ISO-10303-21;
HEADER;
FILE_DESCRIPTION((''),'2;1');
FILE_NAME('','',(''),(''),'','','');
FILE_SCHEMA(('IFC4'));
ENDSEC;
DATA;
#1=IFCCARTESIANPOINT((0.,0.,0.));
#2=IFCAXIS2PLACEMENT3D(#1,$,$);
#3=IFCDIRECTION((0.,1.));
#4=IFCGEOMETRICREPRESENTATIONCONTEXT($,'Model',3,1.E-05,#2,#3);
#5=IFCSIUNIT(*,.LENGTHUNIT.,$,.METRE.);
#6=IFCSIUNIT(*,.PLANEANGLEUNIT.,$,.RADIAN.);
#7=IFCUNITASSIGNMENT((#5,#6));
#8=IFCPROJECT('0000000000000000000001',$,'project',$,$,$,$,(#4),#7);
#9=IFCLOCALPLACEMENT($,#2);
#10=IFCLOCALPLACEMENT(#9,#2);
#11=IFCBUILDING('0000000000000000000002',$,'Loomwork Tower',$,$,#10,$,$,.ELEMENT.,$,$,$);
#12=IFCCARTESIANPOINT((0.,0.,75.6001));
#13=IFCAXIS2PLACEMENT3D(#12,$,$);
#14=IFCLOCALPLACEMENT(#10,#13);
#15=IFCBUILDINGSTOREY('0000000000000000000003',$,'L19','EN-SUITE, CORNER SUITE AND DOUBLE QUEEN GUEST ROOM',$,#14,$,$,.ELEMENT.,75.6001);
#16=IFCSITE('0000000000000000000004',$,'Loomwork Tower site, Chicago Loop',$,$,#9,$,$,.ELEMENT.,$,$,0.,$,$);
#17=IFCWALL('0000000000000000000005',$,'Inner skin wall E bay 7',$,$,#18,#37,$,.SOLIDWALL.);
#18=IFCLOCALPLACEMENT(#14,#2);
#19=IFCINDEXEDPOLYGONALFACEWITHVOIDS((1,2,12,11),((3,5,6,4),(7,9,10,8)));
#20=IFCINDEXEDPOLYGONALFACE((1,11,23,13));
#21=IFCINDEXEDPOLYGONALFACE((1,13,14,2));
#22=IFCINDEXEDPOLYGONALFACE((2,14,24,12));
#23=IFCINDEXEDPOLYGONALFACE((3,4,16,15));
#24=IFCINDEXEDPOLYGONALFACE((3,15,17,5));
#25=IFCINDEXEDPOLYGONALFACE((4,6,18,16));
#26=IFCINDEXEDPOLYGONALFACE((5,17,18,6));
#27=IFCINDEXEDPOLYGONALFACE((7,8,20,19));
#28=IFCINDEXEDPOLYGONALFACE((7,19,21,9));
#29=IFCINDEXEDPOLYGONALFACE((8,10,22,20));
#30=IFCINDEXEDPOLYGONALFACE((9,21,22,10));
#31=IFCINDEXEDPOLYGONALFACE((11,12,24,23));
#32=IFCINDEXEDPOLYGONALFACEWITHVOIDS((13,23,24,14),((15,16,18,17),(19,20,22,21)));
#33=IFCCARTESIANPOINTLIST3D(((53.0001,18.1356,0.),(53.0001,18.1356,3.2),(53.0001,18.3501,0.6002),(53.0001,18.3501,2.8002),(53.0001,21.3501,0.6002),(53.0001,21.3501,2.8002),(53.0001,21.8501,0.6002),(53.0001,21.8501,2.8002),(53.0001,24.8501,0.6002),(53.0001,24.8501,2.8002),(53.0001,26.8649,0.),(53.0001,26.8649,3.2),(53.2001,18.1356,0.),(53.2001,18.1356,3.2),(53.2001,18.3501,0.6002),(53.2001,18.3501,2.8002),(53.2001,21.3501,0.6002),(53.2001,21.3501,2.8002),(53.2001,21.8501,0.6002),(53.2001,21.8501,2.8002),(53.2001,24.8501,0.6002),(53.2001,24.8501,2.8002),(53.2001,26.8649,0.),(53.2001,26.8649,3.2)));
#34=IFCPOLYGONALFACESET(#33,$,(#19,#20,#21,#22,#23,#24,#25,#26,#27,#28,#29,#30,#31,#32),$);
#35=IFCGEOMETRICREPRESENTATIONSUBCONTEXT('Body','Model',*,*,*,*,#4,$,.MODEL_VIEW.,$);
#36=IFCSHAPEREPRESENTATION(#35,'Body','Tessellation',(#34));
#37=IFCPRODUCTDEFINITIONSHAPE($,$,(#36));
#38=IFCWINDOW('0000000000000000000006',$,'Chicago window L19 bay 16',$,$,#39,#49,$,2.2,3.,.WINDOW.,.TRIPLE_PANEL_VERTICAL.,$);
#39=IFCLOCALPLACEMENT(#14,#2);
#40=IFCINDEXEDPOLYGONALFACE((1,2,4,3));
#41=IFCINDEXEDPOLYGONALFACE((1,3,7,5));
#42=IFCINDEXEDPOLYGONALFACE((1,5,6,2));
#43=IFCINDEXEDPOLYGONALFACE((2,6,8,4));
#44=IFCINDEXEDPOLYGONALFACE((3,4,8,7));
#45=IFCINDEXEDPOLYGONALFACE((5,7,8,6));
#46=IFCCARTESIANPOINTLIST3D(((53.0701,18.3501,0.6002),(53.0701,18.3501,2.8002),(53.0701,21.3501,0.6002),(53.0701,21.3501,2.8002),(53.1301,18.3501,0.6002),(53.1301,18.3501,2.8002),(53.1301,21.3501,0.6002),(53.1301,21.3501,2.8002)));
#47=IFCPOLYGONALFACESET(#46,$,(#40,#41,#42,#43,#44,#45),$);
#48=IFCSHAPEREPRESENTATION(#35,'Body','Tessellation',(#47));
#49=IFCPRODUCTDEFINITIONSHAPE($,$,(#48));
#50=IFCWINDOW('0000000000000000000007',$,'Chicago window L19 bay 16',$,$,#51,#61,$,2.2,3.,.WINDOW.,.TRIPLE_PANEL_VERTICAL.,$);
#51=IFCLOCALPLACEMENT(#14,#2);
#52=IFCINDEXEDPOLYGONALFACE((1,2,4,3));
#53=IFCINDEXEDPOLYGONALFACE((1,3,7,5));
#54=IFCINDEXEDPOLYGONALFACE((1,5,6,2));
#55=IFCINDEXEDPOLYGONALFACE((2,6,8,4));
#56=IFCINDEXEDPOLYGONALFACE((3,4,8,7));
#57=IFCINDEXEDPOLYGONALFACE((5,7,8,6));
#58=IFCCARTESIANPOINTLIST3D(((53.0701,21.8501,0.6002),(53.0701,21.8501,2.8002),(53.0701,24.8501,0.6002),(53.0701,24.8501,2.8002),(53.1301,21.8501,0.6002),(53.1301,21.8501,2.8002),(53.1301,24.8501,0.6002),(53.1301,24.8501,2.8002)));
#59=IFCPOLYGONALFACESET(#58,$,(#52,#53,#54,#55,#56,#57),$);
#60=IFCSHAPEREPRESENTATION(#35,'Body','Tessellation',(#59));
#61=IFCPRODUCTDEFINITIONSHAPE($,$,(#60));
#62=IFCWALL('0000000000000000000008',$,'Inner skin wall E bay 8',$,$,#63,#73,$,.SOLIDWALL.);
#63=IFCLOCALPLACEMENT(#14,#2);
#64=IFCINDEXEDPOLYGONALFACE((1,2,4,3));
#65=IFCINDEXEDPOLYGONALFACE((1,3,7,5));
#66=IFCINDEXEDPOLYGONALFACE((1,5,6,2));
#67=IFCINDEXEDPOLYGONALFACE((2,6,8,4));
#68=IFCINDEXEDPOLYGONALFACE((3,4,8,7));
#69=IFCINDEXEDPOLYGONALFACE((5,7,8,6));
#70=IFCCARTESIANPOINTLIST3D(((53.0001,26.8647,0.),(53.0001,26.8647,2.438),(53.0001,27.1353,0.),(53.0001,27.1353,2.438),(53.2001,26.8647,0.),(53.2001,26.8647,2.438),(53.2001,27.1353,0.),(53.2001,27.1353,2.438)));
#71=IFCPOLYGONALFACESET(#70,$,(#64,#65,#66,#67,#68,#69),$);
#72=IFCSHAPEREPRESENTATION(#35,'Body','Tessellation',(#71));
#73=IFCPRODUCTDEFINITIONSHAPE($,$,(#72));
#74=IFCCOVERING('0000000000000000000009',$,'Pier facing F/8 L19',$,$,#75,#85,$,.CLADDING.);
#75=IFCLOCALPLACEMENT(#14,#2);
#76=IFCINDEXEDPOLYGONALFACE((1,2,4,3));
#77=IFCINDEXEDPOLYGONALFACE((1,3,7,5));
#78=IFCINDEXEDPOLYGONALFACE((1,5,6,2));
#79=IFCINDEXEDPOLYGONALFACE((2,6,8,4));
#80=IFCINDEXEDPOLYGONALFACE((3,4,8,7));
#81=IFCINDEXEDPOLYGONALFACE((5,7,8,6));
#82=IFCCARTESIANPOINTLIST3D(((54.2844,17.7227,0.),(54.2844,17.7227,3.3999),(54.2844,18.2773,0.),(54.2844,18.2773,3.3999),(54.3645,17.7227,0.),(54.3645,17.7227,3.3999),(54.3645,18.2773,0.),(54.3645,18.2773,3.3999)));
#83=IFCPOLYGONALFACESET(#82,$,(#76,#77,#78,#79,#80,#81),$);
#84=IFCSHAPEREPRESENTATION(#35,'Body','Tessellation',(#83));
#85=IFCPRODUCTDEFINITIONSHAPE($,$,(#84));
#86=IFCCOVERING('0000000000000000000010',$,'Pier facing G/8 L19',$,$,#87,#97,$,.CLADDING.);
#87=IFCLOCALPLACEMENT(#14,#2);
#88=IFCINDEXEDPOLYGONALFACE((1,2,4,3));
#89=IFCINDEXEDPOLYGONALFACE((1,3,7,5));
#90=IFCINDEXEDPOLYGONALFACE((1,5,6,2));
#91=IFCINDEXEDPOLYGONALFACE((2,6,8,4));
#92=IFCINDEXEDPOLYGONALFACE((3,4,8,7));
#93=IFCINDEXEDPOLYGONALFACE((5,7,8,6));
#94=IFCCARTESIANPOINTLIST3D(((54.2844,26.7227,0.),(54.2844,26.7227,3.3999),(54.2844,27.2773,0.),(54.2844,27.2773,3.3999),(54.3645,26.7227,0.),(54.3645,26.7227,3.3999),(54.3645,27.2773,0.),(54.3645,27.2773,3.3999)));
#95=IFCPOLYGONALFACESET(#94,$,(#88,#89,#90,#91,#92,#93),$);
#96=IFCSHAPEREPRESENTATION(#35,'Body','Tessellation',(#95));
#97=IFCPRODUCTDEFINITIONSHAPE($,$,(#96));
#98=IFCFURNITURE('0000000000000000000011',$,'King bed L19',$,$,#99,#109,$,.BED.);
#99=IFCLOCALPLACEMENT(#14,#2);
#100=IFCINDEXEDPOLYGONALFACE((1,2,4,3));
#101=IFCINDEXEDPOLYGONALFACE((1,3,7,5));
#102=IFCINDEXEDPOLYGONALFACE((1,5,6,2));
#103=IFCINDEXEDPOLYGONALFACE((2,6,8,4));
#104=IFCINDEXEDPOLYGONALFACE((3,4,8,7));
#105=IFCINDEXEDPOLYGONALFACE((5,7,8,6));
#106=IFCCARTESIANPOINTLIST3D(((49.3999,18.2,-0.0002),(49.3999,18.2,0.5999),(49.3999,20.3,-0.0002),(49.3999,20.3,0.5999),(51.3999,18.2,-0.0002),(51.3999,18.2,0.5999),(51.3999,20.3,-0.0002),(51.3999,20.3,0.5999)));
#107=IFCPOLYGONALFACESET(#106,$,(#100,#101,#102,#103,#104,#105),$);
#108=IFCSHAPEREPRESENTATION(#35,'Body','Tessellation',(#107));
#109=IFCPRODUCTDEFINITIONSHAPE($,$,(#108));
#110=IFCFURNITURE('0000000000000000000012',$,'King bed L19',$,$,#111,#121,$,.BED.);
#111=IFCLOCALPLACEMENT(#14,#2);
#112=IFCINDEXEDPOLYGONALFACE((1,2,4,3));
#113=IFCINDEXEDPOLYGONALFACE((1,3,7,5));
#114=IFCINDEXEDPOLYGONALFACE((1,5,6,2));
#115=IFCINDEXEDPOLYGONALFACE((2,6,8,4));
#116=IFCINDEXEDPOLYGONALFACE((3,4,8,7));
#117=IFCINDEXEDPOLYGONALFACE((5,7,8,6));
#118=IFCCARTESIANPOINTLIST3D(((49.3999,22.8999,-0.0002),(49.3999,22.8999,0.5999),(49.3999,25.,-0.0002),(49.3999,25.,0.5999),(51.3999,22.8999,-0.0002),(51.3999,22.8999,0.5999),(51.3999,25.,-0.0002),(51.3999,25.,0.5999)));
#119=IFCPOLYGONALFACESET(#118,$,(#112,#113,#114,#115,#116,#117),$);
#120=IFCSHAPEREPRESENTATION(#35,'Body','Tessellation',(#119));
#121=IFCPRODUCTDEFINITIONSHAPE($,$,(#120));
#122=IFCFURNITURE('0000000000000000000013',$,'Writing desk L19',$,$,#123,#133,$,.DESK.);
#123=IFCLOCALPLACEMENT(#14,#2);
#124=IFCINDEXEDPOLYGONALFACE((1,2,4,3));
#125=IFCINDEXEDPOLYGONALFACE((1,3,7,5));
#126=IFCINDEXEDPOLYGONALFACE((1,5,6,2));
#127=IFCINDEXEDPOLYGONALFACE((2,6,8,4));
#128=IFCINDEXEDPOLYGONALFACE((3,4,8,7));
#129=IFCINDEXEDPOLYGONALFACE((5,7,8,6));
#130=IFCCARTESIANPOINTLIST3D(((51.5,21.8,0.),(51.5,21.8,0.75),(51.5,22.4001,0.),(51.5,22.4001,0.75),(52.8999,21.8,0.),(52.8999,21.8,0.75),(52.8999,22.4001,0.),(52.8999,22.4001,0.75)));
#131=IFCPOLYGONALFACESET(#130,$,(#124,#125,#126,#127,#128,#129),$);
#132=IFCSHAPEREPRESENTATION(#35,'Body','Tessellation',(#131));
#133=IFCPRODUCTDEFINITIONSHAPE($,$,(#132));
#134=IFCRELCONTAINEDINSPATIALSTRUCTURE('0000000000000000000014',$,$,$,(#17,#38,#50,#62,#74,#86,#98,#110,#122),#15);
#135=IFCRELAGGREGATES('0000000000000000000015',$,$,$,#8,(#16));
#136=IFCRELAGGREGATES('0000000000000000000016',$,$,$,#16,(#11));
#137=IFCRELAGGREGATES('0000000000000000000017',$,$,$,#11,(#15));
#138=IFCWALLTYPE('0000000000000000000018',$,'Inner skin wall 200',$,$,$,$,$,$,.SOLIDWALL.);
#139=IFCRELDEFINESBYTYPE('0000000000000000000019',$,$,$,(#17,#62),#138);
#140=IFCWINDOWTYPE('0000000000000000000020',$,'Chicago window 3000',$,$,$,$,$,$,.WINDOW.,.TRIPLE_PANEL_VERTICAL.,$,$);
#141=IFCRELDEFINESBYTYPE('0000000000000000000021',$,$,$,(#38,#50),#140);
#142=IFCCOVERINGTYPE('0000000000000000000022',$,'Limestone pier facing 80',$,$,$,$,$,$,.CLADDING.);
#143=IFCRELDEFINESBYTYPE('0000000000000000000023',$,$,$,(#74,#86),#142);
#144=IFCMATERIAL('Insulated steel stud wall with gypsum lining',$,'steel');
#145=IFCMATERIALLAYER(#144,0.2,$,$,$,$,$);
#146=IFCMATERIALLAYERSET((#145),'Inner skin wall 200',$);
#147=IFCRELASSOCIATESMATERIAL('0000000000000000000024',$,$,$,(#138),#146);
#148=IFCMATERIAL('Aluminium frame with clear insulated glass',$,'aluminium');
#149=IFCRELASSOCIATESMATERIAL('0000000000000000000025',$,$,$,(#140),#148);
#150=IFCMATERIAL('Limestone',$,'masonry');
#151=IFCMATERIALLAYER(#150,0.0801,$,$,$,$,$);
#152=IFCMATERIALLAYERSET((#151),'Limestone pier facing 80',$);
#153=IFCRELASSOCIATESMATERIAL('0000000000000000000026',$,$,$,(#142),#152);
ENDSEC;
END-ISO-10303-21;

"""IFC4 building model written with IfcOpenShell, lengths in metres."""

from ifc_helpers import new_model, si_unit, direction, frame, frame_2d, origin, origin_2d, place, context, subcontext, project, spatial, rectangle, extrude, material, layer, layer_set, type_object, element, fill, save


model = new_model("IFC4")

# Units and contexts
model_context = context("Model", 3, precision=1e-05, world=origin(), true_north=direction((0.0, 1.0)))
body_context = subcontext(model_context, "Body", "Model", "MODEL_VIEW")
ifc_project = project(units=[si_unit("LENGTHUNIT", "METRE"), si_unit("PLANEANGLEUNIT", "RADIAN")], contexts=[model_context])

# Site, building, storey
site_placement = place(None, origin())
site = spatial("IfcSite", under=ifc_project, at=site_placement, Name="Loomwork Tower site, Chicago Loop", CompositionType="ELEMENT", RefElevation=0.0)
building_placement = place(site_placement, origin())
building = spatial("IfcBuilding", under=site, at=building_placement, Name="Loomwork Tower", CompositionType="ELEMENT")
storey_placement = place(building_placement, frame((0.0, 0.0, 75.6001)))
storey = spatial("IfcBuildingStorey", under=building, at=storey_placement, Name="L19", Description="EN-SUITE, CORNER SUITE AND DOUBLE QUEEN GUEST ROOM", CompositionType="ELEMENT", Elevation=75.6001)

# Wall, openings, windows
ifc_material_1 = material(Name="Insulated steel stud wall with gypsum lining", Category="steel")
ifc_layer_1 = layer(ifc_material_1, 0.2)
ifc_layer_set_1 = layer_set([ifc_layer_1], Name="Inner skin wall 200")
wall_type = type_object("IfcWallType", Name="Inner skin wall 200", PredefinedType="SOLIDWALL", material=ifc_layer_set_1)
wall_1_placement = place(storey_placement, frame((53.1001, 18.1355, 0.0), z_axis=(0.0, 0.0, 1.0), x_axis=(0.0, 1.0, 0.0)))
wall_1 = element("IfcWall", 1, at=wall_1_placement, inside=storey, type_object=wall_type, Name="Inner skin wall E bay 7", PredefinedType="SOLIDWALL", context=body_context, shape_type="SweptSolid", body=[
    extrude(rectangle(XDim=8.7292, YDim=0.2, at=frame_2d((4.3647, 0.0))), origin(), (0.0, 0.0, 1.0), 3.2),
])
opening_1_placement = place(wall_1_placement, frame((0.2146, 0.0, 0.6001)))
opening_1 = element("IfcOpeningElement", 2, at=opening_1_placement, cuts=wall_1, PredefinedType="OPENING", context=body_context, shape_type="SweptSolid", body=[
    extrude(rectangle(XDim=3.0, YDim=2.2, at=frame_2d((1.5, 1.1001))), frame((0.0, 0.1099, 0.0), z_axis=(0.0, -1.0, 0.0), x_axis=(1.0, 0.0, 0.0)), (0.0, 0.0, 1.0), 0.22),
])
opening_2_placement = place(wall_1_placement, frame((3.7146, 0.0, 0.6001)))
opening_2 = element("IfcOpeningElement", 3, at=opening_2_placement, cuts=wall_1, PredefinedType="OPENING", context=body_context, shape_type="SweptSolid", body=[
    extrude(rectangle(XDim=3.0, YDim=2.2, at=frame_2d((1.5, 1.1001))), frame((0.0, 0.1099, 0.0), z_axis=(0.0, -1.0, 0.0), x_axis=(1.0, 0.0, 0.0)), (0.0, 0.0, 1.0), 0.22),
])
ifc_material_2 = material(Name="Aluminium frame with clear insulated glass", Category="aluminium")
window_type = type_object("IfcWindowType", Name="Chicago window 3000", PartitioningType="TRIPLE_PANEL_VERTICAL", PredefinedType="WINDOW", material=ifc_material_2)
window_1_placement = place(opening_1_placement, origin())
window_1 = element("IfcWindow", 4, at=window_1_placement, inside=storey, type_object=window_type, Name="Chicago window L19 bay 16", OverallHeight=2.2, OverallWidth=3.0, PartitioningType="TRIPLE_PANEL_VERTICAL", PredefinedType="WINDOW", context=body_context, shape_type="SweptSolid", body=[
    extrude(rectangle(XDim=3.0, YDim=2.2, at=frame_2d((1.5, 1.1001))), frame((0.0, 0.03, 0.0), z_axis=(0.0, -1.0, 0.0), x_axis=(1.0, 0.0, 0.0)), (0.0, 0.0, 1.0), 0.0601),
])
fill(opening_1, window_1)
window_2_placement = place(opening_2_placement, origin())
window_2 = element("IfcWindow", 5, at=window_2_placement, inside=storey, type_object=window_type, Name="Chicago window L19 bay 16", OverallHeight=2.2, OverallWidth=3.0, PartitioningType="TRIPLE_PANEL_VERTICAL", PredefinedType="WINDOW", context=body_context, shape_type="SweptSolid", body=[
    extrude(rectangle(XDim=3.0, YDim=2.2, at=frame_2d((1.5, 1.1001))), frame((0.0, 0.03, 0.0), z_axis=(0.0, -1.0, 0.0), x_axis=(1.0, 0.0, 0.0)), (0.0, 0.0, 1.0), 0.0601),
])
fill(opening_2, window_2)

# Wall
wall_2_placement = place(storey_placement, frame((53.1001, 26.8647, 0.0), z_axis=(0.0, 0.0, 1.0), x_axis=(0.0, 1.0, 0.0)))
element("IfcWall", 6, at=wall_2_placement, inside=storey, type_object=wall_type, Name="Inner skin wall E bay 8", PredefinedType="SOLIDWALL", context=body_context, shape_type="SweptSolid", body=[
    extrude(rectangle(XDim=0.2705, YDim=0.2, at=frame_2d((0.1353, 0.0))), origin(), (0.0, 0.0, 1.0), 2.438),
])

# Coverings
ifc_material_3 = material(Name="Limestone", Category="masonry")
ifc_layer_2 = layer(ifc_material_3, 0.0801)
ifc_layer_set_2 = layer_set([ifc_layer_2], Name="Limestone pier facing 80")
covering_type = type_object("IfcCoveringType", Name="Limestone pier facing 80", PredefinedType="CLADDING", material=ifc_layer_set_2)
for number, where, z_axis, x_axis, name in (
    (7, (54.3245, 18.0, 0.0), (0.0, 0.0, 1.0), (1.0, 0.0, 0.0), "Pier facing F/8 L19"),
    (8, (54.3245, 27.0, 0.0), (0.0, 0.0, 1.0), (1.0, 0.0, 0.0), "Pier facing G/8 L19"),
):
    element("IfcCovering", number, at=place(storey_placement, frame(where, z_axis=z_axis, x_axis=x_axis)), inside=storey, type_object=covering_type, Name=name, PredefinedType="CLADDING", context=body_context, shape_type="SweptSolid", body=[
        extrude(rectangle(XDim=0.0801, YDim=0.5547, at=origin_2d()), origin(), (0.0, 0.0, 1.0), 3.3999),
    ])

# Furniture
for number, where, z_axis, x_axis, name in (
    (9, (50.3999, 19.25, -0.0002), (0.0, 0.0, 1.0), (1.0, 0.0, 0.0), "King bed L19"),
    (10, (50.3999, 23.95, -0.0002), (0.0, 0.0, 1.0), (1.0, 0.0, 0.0), "King bed L19"),
):
    element("IfcFurniture", number, at=place(storey_placement, frame(where, z_axis=z_axis, x_axis=x_axis)), inside=storey, Name=name, PredefinedType="BED", context=body_context, shape_type="SweptSolid", body=[
        extrude(rectangle(XDim=2.0, YDim=2.1001, at=origin_2d()), origin(), (0.0, 0.0, 1.0), 0.6001),
    ])
furniture_placement = place(storey_placement, frame((52.2, 22.1001, 0.0), z_axis=(0.0, 0.0, 1.0), x_axis=(1.0, 0.0, 0.0)))
element("IfcFurniture", 11, at=furniture_placement, inside=storey, Name="Writing desk L19", PredefinedType="DESK", context=body_context, shape_type="SweptSolid", body=[
    extrude(rectangle(XDim=1.3999, YDim=0.6001, at=origin_2d()), origin(), (0.0, 0.0, 1.0), 0.75),
])

save(model, "model.ifc")
